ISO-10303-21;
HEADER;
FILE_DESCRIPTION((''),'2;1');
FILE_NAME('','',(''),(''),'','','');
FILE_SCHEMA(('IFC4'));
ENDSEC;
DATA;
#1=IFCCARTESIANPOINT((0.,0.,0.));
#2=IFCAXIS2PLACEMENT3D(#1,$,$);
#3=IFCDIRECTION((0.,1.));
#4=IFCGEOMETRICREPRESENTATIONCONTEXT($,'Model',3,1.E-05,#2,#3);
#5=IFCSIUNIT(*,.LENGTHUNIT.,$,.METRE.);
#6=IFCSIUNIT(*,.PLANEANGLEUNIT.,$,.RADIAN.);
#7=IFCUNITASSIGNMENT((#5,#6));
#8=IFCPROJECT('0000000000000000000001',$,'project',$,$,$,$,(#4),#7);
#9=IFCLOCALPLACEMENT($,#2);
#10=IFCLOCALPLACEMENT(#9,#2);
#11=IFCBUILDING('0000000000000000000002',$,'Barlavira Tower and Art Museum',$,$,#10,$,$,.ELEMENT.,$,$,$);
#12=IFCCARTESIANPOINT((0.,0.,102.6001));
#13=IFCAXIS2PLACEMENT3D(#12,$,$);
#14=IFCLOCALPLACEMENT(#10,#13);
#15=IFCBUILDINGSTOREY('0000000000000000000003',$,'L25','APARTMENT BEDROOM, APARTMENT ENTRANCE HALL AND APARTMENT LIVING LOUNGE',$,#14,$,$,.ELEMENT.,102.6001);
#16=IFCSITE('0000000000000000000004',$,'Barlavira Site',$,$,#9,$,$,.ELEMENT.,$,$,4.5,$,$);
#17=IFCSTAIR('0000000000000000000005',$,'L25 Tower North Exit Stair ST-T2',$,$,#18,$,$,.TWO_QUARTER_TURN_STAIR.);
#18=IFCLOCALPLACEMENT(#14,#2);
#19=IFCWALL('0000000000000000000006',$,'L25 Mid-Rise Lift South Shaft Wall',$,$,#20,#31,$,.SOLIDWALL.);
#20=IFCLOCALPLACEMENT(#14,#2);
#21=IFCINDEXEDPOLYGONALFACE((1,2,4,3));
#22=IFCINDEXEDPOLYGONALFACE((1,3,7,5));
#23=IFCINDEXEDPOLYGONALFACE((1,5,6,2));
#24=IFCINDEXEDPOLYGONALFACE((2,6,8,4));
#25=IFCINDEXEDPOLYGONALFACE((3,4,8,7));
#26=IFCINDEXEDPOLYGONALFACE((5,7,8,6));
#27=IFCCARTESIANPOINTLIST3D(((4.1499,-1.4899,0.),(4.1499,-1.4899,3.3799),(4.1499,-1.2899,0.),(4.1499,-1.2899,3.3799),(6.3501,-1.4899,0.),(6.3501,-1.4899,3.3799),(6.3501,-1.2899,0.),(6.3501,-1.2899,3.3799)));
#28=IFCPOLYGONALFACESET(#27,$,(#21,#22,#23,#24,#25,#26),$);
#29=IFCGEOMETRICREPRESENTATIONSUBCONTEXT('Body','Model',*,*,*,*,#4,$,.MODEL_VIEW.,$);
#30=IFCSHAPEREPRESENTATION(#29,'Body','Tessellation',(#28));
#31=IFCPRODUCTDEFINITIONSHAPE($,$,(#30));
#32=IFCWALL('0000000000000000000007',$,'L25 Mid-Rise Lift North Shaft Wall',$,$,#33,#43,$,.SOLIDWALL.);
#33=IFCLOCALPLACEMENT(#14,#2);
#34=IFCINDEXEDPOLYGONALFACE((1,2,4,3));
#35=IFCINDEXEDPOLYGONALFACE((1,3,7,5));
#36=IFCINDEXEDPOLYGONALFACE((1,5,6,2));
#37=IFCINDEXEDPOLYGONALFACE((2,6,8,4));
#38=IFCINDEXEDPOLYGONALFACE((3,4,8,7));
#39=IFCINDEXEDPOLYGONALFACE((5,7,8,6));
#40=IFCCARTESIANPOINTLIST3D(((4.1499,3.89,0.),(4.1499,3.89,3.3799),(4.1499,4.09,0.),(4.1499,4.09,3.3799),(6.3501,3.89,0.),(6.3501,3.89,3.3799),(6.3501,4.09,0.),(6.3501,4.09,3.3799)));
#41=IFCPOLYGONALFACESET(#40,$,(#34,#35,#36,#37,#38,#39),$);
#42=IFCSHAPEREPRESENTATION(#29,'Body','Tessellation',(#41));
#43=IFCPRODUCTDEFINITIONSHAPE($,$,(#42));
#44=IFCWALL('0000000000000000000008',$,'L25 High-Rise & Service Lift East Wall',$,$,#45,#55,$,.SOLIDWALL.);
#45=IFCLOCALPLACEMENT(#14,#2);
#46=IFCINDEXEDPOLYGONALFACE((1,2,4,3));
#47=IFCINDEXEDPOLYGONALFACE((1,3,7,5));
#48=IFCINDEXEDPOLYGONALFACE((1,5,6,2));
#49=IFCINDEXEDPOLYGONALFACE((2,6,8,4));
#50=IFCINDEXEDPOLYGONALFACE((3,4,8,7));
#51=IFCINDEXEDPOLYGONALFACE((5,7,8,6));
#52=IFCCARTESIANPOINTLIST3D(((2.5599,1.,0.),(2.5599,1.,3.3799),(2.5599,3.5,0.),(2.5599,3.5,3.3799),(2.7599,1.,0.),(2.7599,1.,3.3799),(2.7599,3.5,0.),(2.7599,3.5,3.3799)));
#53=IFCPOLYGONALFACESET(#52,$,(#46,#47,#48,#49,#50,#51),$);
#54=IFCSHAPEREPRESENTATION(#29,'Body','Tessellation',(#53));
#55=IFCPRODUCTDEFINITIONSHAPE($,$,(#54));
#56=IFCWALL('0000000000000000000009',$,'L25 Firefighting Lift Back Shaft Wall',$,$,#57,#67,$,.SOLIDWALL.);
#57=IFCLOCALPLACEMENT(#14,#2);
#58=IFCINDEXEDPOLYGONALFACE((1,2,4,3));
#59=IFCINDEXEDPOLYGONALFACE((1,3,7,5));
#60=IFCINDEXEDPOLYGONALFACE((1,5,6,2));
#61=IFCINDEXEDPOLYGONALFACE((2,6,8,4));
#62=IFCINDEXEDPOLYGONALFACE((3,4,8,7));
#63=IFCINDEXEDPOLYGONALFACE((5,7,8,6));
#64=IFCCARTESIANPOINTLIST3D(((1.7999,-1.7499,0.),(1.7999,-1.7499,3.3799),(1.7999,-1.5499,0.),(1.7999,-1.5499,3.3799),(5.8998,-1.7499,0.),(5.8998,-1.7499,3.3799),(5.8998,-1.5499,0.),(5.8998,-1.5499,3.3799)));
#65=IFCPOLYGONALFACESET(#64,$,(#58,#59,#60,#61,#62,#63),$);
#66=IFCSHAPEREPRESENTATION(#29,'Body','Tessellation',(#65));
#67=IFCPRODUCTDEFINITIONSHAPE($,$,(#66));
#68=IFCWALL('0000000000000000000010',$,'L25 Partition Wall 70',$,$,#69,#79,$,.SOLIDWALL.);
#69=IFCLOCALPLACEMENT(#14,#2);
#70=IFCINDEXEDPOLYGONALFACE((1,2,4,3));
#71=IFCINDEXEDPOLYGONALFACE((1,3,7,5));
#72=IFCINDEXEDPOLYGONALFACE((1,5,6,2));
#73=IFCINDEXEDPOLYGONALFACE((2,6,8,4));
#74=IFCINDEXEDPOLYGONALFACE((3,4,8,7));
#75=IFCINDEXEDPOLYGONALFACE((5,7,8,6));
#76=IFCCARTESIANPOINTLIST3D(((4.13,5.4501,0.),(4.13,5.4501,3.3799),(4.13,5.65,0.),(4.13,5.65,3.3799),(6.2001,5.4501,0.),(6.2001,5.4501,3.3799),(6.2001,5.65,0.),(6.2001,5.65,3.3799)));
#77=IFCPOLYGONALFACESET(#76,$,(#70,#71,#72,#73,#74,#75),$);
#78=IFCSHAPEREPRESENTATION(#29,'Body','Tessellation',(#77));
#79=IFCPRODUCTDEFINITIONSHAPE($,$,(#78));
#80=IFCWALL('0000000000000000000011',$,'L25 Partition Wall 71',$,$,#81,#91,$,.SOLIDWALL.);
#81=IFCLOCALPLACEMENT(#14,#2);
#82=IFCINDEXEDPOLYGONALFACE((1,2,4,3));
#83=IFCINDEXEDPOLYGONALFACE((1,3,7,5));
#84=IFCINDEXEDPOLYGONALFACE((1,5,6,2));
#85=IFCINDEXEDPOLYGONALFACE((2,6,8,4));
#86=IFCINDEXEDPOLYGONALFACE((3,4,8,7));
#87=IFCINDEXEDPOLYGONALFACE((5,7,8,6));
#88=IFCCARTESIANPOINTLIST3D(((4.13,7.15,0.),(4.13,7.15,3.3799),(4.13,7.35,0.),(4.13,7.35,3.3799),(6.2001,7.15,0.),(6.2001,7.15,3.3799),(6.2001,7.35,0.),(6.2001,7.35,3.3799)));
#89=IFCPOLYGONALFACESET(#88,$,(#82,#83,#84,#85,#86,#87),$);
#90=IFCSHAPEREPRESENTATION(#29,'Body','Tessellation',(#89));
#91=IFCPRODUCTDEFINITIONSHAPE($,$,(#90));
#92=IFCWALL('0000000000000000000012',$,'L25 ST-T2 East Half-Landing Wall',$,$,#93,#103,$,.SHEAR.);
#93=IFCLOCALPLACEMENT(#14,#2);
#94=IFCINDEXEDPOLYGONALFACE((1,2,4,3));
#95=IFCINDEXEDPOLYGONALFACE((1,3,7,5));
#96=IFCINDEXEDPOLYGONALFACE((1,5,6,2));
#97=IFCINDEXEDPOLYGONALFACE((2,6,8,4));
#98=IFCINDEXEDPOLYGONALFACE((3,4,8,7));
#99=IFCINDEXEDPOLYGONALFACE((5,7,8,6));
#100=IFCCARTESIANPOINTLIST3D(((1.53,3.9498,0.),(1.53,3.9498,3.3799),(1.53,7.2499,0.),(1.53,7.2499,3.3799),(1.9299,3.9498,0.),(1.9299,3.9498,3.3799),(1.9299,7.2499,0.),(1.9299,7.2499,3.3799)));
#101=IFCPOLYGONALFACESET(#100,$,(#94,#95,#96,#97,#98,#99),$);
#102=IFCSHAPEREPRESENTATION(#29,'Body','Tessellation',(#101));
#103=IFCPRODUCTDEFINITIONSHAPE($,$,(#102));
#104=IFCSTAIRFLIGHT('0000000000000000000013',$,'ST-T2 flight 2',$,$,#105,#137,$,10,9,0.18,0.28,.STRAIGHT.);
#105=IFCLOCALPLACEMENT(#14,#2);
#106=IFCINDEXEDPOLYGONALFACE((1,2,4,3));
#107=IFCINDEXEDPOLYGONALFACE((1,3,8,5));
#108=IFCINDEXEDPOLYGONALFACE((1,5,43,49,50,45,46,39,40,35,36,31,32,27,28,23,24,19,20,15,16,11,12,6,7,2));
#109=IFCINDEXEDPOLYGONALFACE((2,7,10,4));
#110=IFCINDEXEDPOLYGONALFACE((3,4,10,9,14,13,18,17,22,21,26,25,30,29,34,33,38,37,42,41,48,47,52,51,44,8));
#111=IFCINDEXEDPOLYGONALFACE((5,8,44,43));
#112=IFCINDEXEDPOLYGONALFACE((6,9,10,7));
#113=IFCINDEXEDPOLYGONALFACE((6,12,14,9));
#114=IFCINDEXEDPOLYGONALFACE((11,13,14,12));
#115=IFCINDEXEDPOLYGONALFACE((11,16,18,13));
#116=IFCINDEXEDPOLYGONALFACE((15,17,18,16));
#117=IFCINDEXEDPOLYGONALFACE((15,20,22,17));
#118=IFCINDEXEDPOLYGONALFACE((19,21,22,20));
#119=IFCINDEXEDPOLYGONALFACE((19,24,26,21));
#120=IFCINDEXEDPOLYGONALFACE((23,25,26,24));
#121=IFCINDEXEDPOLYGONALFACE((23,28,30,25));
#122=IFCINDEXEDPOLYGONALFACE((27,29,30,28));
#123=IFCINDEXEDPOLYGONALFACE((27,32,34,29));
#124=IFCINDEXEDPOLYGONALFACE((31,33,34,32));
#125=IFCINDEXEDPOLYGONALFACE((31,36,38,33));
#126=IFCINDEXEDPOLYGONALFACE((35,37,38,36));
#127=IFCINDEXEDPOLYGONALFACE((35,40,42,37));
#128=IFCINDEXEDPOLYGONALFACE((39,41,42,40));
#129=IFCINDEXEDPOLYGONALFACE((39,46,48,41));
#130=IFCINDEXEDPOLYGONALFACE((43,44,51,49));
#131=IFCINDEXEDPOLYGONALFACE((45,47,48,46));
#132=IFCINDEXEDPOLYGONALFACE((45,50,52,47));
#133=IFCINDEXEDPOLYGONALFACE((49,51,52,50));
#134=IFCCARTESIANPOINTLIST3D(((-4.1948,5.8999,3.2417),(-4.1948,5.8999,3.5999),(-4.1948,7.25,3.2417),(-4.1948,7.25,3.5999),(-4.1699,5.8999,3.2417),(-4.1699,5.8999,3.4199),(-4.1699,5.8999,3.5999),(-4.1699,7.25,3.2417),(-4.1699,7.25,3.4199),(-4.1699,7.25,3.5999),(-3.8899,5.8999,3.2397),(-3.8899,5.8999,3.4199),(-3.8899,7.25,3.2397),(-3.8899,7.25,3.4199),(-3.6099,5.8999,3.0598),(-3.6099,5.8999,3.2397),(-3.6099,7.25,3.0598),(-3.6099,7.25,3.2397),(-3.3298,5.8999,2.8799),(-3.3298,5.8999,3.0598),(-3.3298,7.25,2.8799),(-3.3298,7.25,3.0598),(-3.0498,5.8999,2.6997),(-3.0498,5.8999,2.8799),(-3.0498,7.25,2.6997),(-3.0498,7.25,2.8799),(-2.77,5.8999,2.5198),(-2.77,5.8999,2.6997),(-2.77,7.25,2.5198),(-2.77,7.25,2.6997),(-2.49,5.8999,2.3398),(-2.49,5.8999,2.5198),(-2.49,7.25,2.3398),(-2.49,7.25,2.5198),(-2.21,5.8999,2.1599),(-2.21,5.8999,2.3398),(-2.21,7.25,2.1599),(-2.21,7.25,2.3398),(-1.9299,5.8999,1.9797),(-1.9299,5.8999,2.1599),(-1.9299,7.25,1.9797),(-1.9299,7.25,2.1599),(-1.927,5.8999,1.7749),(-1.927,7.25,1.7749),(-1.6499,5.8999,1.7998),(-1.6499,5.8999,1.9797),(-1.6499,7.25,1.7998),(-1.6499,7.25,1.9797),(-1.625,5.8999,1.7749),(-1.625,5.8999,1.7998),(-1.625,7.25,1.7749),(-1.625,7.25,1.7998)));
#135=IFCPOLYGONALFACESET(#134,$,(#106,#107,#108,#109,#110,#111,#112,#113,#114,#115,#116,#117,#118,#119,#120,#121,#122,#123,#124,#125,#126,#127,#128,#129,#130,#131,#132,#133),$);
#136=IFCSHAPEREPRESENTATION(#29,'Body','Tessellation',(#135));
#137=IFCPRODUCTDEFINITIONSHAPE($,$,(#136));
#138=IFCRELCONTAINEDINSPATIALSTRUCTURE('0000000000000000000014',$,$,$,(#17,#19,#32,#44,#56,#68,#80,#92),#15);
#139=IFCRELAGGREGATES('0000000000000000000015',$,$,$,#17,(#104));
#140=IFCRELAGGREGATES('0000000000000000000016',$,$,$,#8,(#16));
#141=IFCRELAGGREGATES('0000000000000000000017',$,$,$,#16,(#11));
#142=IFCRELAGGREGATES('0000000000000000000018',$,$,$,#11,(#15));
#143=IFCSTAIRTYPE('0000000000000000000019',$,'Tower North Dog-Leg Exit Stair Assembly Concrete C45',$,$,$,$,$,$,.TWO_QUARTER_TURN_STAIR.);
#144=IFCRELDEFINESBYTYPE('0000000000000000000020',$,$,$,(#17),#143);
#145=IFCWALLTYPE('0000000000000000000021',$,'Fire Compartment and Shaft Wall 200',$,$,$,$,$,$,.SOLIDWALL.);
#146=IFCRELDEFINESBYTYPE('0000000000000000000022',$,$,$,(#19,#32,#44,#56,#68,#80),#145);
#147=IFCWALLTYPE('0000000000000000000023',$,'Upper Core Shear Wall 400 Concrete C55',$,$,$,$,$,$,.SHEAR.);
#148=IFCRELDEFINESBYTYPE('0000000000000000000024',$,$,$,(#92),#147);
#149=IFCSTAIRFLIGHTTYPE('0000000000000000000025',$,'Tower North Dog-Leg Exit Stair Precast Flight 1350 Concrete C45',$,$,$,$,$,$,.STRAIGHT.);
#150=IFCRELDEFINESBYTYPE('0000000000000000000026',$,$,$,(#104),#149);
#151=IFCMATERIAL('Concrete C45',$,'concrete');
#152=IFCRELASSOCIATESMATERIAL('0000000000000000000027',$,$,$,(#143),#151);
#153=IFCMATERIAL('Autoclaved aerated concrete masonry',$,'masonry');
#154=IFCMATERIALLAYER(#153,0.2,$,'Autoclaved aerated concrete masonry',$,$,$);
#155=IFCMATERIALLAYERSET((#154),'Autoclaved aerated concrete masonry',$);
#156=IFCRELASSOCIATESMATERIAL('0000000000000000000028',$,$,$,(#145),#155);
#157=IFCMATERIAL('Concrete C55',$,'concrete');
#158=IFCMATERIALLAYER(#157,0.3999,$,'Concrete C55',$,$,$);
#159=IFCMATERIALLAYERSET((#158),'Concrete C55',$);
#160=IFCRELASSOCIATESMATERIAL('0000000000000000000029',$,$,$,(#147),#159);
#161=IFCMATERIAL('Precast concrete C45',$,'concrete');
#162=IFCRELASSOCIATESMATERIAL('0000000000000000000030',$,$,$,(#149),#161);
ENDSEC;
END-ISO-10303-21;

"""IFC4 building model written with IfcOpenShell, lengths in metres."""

from ifc_helpers import new_model, si_unit, direction, frame, frame_2d, origin, place, context, subcontext, project, spatial, polyline, rectangle, outline, extrude, material, layer, layer_set, type_object, element, aggregate, save


model = new_model("IFC4")

# Units and contexts
model_context = context("Model", 3, precision=1e-05, world=origin(), true_north=direction((0.0, 1.0)))
body_context = subcontext(model_context, "Body", "Model", "MODEL_VIEW")
ifc_project = project(units=[si_unit("LENGTHUNIT", "METRE"), si_unit("PLANEANGLEUNIT", "RADIAN")], contexts=[model_context])

# Site, building, storey
site_placement = place(None, origin())
site = spatial("IfcSite", under=ifc_project, at=site_placement, Name="Barlavira Site", CompositionType="ELEMENT", RefElevation=4.5)
building_placement = place(site_placement, origin())
building = spatial("IfcBuilding", under=site, at=building_placement, Name="Barlavira Tower and Art Museum", CompositionType="ELEMENT")
storey_placement = place(building_placement, frame((0.0, 0.0, 102.6001)))
storey = spatial("IfcBuildingStorey", under=building, at=storey_placement, Name="L25", Description="APARTMENT BEDROOM, APARTMENT ENTRANCE HALL AND APARTMENT LIVING LOUNGE", CompositionType="ELEMENT", Elevation=102.6001)

# Stair
ifc_material_1 = material(Name="Concrete C45", Category="concrete")
stair_type_1 = type_object("IfcStairType", Name="Tower North Dog-Leg Exit Stair Assembly Concrete C45", PredefinedType="TWO_QUARTER_TURN_STAIR", material=ifc_material_1)
stair_1_placement = place(storey_placement, origin())
stair_1 = element("IfcStair", 1, at=stair_1_placement, inside=storey, type_object=stair_type_1, Name="L25 Tower North Exit Stair ST-T2", PredefinedType="TWO_QUARTER_TURN_STAIR")

# Walls
ifc_material_2 = material(Name="Autoclaved aerated concrete masonry", Category="masonry")
ifc_layer_1 = layer(ifc_material_2, 0.2, Name="Autoclaved aerated concrete masonry")
ifc_layer_set_1 = layer_set([ifc_layer_1], Name="Autoclaved aerated concrete masonry")
wall_type_1 = type_object("IfcWallType", Name="Fire Compartment and Shaft Wall 200", PredefinedType="SOLIDWALL", material=ifc_layer_set_1)
for number, where, z_axis, x_axis, name in (
    (2, (4.1499, -1.3899, 0.0), (0.0, 0.0, 1.0), (1.0, 0.0, 0.0), "L25 Mid-Rise Lift South Shaft Wall"),
    (3, (4.1499, 3.99, 0.0), (0.0, 0.0, 1.0), (1.0, 0.0, 0.0), "L25 Mid-Rise Lift North Shaft Wall"),
):
    element("IfcWall", number, at=place(storey_placement, frame(where, z_axis=z_axis, x_axis=x_axis)), inside=storey, type_object=wall_type_1, Name=name, PredefinedType="SOLIDWALL", context=body_context, shape_type="SweptSolid", body=[
        extrude(rectangle(XDim=2.2002, YDim=0.2, at=frame_2d((1.1001, 0.0))), origin(), (0.0, 0.0, 1.0), 3.3799),
    ])
wall_1_placement = place(storey_placement, frame((2.6599, 1.0, 0.0), z_axis=(0.0, 0.0, 1.0), x_axis=(0.0, 1.0, 0.0)))
element("IfcWall", 4, at=wall_1_placement, inside=storey, type_object=wall_type_1, Name="L25 High-Rise & Service Lift East Wall", PredefinedType="SOLIDWALL", context=body_context, shape_type="SweptSolid", body=[
    extrude(rectangle(XDim=2.5, YDim=0.2, at=frame_2d((1.25, 0.0))), origin(), (0.0, 0.0, 1.0), 3.3799),
])
wall_2_placement = place(storey_placement, frame((1.8, -1.6499, 0.0), z_axis=(0.0, 0.0, 1.0), x_axis=(1.0, 0.0, 0.0)))
element("IfcWall", 5, at=wall_2_placement, inside=storey, type_object=wall_type_1, Name="L25 Firefighting Lift Back Shaft Wall", PredefinedType="SOLIDWALL", context=body_context, shape_type="SweptSolid", body=[
    extrude(rectangle(XDim=4.0999, YDim=0.2, at=frame_2d((2.0498, 0.0))), origin(), (0.0, 0.0, 1.0), 3.3799),
])

# Walls
for number, where, z_axis, x_axis, name in (
    (6, (4.1299, 5.55, 0.0), (0.0, 0.0, 1.0), (1.0, 0.0, 0.0), "L25 Partition Wall 70"),
    (7, (4.1299, 7.25, 0.0), (0.0, 0.0, 1.0), (1.0, 0.0, 0.0), "L25 Partition Wall 71"),
):
    element("IfcWall", number, at=place(storey_placement, frame(where, z_axis=z_axis, x_axis=x_axis)), inside=storey, type_object=wall_type_1, Name=name, PredefinedType="SOLIDWALL", context=body_context, shape_type="SweptSolid", body=[
        extrude(rectangle(XDim=2.0701, YDim=0.2, at=frame_2d((1.0352, 0.0))), origin(), (0.0, 0.0, 1.0), 3.3799),
    ])
ifc_material_3 = material(Name="Concrete C55", Category="concrete")
ifc_layer_2 = layer(ifc_material_3, 0.3999, Name="Concrete C55")
ifc_layer_set_2 = layer_set([ifc_layer_2], Name="Concrete C55")
wall_type_2 = type_object("IfcWallType", Name="Upper Core Shear Wall 400 Concrete C55", PredefinedType="SHEAR", material=ifc_layer_set_2)
wall_3_placement = place(storey_placement, frame((1.73, 3.95, 0.0), z_axis=(0.0, 0.0, 1.0), x_axis=(0.0, 1.0, 0.0)))
element("IfcWall", 8, at=wall_3_placement, inside=storey, type_object=wall_type_2, Name="L25 ST-T2 East Half-Landing Wall", PredefinedType="SHEAR", context=body_context, shape_type="SweptSolid", body=[
    extrude(rectangle(XDim=3.3, YDim=0.3999, at=frame_2d((1.6499, 0.0))), origin(), (0.0, 0.0, 1.0), 3.3799),
])

# Stair flight
ifc_material_4 = material(Name="Precast concrete C45", Category="concrete")
stair_flight_type = type_object("IfcStairFlightType", Name="Tower North Dog-Leg Exit Stair Precast Flight 1350 Concrete C45", PredefinedType="STRAIGHT", material=ifc_material_4)
stair_flight_placement = place(storey_placement, frame((-1.6499, 6.575, 1.7998), z_axis=(0.0, 0.0, 1.0), x_axis=(-1.0, 0.0, 0.0)))
stair_flight = element("IfcStairFlight", 9, at=stair_flight_placement, type_object=stair_flight_type, Name="ST-T2 flight 2", NumberOfRisers=10, NumberOfTreads=9, PredefinedType="STRAIGHT", RiserHeight=0.18, TreadLength=0.28, context=body_context, shape_type="SweptSolid", body=[
    extrude(outline(polyline([(-0.0249, 0.0), (0.0, 0.0), (0.0, 0.1799), (0.28, 0.1799), (0.28, 0.3601), (0.5601, 0.3601), (0.5601, 0.54), (0.8401, 0.54), (0.8401, 0.72), (1.1201, 0.72), (1.1201, 0.8999), (1.3999, 0.8999), (1.3999, 1.0801), (1.6799, 1.0801), (1.6799, 1.26), (1.96, 1.26), (1.96, 1.4399), (2.24, 1.4399), (2.24, 1.6201), (2.52, 1.6201), (2.52, 1.8), (2.5449, 1.8), (2.5449, 1.4419), (2.52, 1.4419), (0.2771, -0.0249), (-0.0249, -0.0249), (-0.0249, 0.0)])), frame((0.0, 0.675, 0.0), z_axis=(0.0, -1.0, 0.0), x_axis=(1.0, 0.0, 0.0)), (0.0, 0.0, 1.0), 1.3501),
])
aggregate(stair_1, [stair_flight])

save(model, "model.ifc")
